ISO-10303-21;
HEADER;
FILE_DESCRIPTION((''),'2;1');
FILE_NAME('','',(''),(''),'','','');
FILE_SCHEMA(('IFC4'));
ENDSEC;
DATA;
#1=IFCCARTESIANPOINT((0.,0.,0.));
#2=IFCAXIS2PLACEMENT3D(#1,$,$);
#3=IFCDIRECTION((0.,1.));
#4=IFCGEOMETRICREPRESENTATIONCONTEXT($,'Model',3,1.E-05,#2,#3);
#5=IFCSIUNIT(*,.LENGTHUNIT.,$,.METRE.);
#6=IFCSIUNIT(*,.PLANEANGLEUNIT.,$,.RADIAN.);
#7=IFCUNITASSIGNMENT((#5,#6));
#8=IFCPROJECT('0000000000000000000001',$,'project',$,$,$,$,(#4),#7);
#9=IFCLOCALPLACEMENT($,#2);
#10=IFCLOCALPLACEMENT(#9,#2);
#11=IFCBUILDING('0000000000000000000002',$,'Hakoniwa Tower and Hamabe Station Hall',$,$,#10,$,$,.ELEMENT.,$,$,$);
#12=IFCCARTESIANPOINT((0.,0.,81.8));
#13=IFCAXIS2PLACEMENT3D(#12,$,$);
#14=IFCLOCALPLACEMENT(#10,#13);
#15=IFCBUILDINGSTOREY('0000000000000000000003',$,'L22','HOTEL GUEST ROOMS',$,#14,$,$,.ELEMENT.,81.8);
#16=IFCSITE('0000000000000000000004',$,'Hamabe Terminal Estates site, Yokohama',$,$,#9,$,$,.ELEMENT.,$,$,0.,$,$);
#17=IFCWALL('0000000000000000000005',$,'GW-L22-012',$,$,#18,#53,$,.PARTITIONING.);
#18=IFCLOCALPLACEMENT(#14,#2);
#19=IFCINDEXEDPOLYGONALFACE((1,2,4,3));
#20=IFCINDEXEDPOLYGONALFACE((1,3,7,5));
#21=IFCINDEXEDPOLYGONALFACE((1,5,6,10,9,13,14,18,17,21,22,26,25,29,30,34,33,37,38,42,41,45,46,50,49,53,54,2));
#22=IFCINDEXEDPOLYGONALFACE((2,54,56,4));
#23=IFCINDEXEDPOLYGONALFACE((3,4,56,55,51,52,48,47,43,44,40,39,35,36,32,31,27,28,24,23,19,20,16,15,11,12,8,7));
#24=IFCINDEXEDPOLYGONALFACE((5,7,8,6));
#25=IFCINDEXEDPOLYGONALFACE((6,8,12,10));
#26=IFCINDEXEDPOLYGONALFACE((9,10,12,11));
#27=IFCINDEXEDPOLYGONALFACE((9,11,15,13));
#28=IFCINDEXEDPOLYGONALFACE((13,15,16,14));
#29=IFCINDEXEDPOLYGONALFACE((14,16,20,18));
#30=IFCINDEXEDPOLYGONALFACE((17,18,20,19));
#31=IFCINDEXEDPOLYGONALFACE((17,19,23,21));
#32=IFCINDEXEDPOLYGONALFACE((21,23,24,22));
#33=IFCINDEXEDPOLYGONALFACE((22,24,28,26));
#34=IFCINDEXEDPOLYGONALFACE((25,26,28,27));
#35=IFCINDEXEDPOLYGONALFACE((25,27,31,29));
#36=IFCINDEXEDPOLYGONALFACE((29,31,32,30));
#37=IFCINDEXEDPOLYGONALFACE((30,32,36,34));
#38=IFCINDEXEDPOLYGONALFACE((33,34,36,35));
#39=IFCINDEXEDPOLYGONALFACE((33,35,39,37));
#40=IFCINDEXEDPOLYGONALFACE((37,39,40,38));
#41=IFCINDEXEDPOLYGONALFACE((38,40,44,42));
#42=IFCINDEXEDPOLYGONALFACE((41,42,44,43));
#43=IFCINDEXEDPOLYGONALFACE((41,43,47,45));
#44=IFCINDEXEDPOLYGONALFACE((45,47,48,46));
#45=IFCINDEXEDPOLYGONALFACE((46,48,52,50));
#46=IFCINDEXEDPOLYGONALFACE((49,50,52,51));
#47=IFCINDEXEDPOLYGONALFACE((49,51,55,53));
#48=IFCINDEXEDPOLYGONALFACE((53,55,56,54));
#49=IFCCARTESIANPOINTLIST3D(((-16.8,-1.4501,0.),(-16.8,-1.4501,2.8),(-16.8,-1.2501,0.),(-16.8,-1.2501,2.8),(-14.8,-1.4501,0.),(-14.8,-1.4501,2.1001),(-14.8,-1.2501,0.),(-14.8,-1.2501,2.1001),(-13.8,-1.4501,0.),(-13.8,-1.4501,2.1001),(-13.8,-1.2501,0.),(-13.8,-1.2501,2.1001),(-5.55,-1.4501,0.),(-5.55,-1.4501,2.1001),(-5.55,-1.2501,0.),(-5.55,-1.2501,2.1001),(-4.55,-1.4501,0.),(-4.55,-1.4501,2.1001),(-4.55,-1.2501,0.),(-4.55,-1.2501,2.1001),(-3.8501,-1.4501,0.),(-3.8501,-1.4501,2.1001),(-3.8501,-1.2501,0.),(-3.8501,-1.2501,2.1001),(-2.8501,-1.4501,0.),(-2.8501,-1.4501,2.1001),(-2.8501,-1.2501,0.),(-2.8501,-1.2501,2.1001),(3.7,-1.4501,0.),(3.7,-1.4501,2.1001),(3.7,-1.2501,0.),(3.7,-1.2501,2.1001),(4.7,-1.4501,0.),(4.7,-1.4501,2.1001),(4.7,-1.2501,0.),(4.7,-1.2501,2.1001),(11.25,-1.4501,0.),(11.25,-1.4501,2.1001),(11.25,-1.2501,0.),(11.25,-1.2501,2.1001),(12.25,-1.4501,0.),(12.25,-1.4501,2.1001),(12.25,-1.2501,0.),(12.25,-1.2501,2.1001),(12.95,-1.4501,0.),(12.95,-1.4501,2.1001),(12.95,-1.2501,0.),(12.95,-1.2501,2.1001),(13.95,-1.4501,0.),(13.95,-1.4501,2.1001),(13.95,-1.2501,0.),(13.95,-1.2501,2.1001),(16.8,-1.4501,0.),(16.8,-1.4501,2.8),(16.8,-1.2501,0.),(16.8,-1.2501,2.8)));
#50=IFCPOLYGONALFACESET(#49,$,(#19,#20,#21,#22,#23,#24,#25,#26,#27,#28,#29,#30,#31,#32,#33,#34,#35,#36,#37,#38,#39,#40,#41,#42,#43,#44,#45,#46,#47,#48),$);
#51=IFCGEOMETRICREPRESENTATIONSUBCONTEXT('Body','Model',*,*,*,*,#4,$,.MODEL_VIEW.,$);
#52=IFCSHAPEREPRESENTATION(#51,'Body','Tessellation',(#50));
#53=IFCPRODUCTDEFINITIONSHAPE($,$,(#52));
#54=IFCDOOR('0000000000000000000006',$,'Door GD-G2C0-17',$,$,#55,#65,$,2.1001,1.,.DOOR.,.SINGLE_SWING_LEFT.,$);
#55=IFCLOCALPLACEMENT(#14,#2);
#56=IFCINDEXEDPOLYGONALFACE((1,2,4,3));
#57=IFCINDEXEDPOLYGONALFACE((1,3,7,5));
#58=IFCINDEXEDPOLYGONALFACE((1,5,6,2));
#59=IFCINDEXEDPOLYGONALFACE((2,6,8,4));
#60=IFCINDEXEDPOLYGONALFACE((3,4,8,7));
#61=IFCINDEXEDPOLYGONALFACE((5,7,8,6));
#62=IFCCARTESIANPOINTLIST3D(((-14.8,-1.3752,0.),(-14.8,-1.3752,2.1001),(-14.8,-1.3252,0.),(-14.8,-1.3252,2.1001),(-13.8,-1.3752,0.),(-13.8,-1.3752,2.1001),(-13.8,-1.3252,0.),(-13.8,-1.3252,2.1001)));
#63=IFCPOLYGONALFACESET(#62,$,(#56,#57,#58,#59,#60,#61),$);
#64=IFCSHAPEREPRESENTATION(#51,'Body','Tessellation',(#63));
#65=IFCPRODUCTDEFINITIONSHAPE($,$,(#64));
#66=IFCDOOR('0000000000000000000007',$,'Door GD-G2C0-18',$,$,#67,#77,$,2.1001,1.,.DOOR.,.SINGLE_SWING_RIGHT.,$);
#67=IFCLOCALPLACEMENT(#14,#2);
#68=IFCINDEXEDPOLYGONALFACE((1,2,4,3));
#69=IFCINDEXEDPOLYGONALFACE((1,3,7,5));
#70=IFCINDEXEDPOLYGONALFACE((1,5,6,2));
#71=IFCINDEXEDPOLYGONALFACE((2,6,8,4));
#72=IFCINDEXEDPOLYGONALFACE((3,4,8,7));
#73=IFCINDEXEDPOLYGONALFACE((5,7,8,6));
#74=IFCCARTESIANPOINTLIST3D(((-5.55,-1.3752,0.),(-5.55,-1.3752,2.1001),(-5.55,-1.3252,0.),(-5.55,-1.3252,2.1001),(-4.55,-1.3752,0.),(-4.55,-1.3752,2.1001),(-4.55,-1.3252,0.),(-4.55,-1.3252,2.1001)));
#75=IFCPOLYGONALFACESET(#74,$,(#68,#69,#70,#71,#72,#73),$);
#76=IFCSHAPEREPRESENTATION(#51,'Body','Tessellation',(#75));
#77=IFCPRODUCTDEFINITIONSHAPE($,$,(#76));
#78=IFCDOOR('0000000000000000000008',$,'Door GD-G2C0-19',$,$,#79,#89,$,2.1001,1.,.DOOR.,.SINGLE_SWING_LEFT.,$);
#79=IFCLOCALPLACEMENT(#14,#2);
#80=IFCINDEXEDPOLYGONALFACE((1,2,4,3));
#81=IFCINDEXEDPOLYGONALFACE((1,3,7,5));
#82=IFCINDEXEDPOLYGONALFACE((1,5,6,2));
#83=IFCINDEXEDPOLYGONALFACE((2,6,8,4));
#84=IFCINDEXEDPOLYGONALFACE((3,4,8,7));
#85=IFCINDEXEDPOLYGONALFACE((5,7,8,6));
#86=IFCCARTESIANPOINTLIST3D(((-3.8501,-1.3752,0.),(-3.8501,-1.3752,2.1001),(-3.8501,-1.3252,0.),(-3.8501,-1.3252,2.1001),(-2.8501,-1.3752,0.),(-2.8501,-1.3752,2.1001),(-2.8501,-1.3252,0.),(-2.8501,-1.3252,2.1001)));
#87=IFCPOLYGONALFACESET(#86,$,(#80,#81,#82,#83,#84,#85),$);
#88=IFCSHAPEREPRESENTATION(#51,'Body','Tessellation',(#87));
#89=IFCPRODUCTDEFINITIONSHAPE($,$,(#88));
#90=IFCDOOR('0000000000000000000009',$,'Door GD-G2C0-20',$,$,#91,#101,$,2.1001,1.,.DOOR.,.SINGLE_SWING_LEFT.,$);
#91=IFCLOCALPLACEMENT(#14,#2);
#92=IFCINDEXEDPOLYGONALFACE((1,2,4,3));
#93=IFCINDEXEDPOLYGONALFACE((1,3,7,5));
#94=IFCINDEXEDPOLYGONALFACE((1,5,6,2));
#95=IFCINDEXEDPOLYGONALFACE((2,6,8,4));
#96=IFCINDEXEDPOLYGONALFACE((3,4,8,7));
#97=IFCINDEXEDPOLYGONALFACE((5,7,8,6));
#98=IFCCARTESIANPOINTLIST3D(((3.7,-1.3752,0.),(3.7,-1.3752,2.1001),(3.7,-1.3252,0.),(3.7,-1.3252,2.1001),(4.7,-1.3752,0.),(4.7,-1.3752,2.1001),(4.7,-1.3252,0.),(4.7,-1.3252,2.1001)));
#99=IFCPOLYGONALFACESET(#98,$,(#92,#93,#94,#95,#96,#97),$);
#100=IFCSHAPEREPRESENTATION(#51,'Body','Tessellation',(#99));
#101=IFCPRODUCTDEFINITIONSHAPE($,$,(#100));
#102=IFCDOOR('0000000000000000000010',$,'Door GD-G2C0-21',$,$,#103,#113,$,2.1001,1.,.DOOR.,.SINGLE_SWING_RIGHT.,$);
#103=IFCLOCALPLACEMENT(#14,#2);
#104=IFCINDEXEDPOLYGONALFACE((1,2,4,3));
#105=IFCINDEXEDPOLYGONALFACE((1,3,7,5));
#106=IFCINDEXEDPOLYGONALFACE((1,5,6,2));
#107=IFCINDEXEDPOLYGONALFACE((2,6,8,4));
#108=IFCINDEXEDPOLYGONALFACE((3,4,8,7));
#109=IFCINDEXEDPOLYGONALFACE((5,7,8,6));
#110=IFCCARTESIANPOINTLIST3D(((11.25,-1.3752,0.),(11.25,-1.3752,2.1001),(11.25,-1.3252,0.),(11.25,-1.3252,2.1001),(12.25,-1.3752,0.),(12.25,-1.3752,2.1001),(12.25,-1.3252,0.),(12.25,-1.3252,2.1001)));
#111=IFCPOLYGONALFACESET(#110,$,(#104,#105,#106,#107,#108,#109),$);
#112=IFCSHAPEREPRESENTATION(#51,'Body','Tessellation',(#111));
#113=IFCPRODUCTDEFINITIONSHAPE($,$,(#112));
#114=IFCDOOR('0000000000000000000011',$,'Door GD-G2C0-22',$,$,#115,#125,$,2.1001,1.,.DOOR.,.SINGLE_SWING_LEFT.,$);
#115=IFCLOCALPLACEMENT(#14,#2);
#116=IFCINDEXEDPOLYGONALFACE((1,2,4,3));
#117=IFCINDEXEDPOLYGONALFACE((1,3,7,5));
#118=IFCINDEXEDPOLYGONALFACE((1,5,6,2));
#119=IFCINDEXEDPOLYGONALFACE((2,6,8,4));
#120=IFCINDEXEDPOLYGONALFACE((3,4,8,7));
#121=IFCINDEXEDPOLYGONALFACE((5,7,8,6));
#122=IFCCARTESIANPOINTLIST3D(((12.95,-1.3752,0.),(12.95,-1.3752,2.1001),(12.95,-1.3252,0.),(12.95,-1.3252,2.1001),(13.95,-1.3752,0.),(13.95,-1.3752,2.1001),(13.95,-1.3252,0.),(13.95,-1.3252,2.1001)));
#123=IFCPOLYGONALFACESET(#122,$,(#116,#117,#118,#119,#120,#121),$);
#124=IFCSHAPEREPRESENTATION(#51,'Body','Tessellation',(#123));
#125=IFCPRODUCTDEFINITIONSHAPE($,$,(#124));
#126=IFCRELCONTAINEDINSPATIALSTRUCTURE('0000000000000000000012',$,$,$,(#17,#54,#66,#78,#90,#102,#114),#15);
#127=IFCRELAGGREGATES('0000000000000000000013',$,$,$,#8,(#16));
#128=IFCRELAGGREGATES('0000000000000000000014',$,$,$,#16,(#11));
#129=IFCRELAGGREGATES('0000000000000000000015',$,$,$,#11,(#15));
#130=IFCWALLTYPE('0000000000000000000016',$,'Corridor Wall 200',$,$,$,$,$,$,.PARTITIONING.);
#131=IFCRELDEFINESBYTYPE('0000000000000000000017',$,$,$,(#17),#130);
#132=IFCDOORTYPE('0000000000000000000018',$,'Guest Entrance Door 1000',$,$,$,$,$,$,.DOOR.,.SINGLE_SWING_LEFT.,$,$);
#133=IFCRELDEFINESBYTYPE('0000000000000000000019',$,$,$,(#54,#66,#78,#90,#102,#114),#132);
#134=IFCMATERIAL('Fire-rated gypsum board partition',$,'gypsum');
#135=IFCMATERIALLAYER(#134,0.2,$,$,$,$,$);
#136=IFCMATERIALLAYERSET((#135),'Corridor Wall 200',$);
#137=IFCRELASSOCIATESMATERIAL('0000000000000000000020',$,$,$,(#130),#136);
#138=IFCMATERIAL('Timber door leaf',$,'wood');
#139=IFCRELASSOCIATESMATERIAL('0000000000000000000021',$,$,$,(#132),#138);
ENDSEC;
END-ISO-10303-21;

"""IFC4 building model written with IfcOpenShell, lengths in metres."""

from ifc_helpers import new_model, si_unit, direction, frame, frame_2d, origin, place, context, subcontext, project, spatial, rectangle, extrude, material, layer, layer_set, type_object, element, fill, save


model = new_model("IFC4")

# Units and contexts
model_context = context("Model", 3, precision=1e-05, world=origin(), true_north=direction((0.0, 1.0)))
body_context = subcontext(model_context, "Body", "Model", "MODEL_VIEW")
ifc_project = project(units=[si_unit("LENGTHUNIT", "METRE"), si_unit("PLANEANGLEUNIT", "RADIAN")], contexts=[model_context])

# Site, building, storey
site_placement = place(None, origin())
site = spatial("IfcSite", under=ifc_project, at=site_placement, Name="Hamabe Terminal Estates site, Yokohama", CompositionType="ELEMENT", RefElevation=0.0)
building_placement = place(site_placement, origin())
building = spatial("IfcBuilding", under=site, at=building_placement, Name="Hakoniwa Tower and Hamabe Station Hall", CompositionType="ELEMENT")
storey_placement = place(building_placement, frame((0.0, 0.0, 81.8)))
storey = spatial("IfcBuildingStorey", under=building, at=storey_placement, Name="L22", Description="HOTEL GUEST ROOMS", CompositionType="ELEMENT", Elevation=81.8)

# Wall, openings, doors
ifc_material_1 = material(Name="Fire-rated gypsum board partition", Category="gypsum")
ifc_layer_1 = layer(ifc_material_1, 0.2)
ifc_layer_set_1 = layer_set([ifc_layer_1], Name="Corridor Wall 200")
wall_type_1 = type_object("IfcWallType", Name="Corridor Wall 200", PredefinedType="PARTITIONING", material=ifc_layer_set_1)
wall_1_placement = place(storey_placement, frame((-16.8, -1.3501, 0.0), z_axis=(0.0, 0.0, 1.0), x_axis=(1.0, 0.0, 0.0)))
wall_1 = element("IfcWall", 1, at=wall_1_placement, inside=storey, type_object=wall_type_1, Name="GW-L22-012", PredefinedType="PARTITIONING", context=body_context, shape_type="SweptSolid", body=[
    extrude(rectangle(XDim=33.6001, YDim=0.2, at=frame_2d((16.8, 0.0))), origin(), (0.0, 0.0, 1.0), 2.8),
])
opening_1_placement = place(wall_1_placement, frame((2.0, 0.0, 0.0)))
opening_1 = element("IfcOpeningElement", 2, at=opening_1_placement, cuts=wall_1, PredefinedType="OPENING", context=body_context, shape_type="SweptSolid", body=[
    extrude(rectangle(XDim=1.0, YDim=2.1001, at=frame_2d((0.5, 1.05))), frame((0.0, 0.1099, 0.0), z_axis=(0.0, -1.0, 0.0), x_axis=(1.0, 0.0, 0.0)), (0.0, 0.0, 1.0), 0.22),
])
opening_2_placement = place(wall_1_placement, frame((11.25, 0.0, 0.0)))
opening_2 = element("IfcOpeningElement", 3, at=opening_2_placement, cuts=wall_1, PredefinedType="OPENING", context=body_context, shape_type="SweptSolid", body=[
    extrude(rectangle(XDim=1.0, YDim=2.1001, at=frame_2d((0.5, 1.05))), frame((0.0, 0.1099, 0.0), z_axis=(0.0, -1.0, 0.0), x_axis=(1.0, 0.0, 0.0)), (0.0, 0.0, 1.0), 0.22),
])
opening_3_placement = place(wall_1_placement, frame((12.95, 0.0, 0.0)))
opening_3 = element("IfcOpeningElement", 4, at=opening_3_placement, cuts=wall_1, PredefinedType="OPENING", context=body_context, shape_type="SweptSolid", body=[
    extrude(rectangle(XDim=1.0, YDim=2.1001, at=frame_2d((0.5, 1.05))), frame((0.0, 0.1099, 0.0), z_axis=(0.0, -1.0, 0.0), x_axis=(1.0, 0.0, 0.0)), (0.0, 0.0, 1.0), 0.22),
])
opening_4_placement = place(wall_1_placement, frame((20.5, 0.0, 0.0)))
opening_4 = element("IfcOpeningElement", 5, at=opening_4_placement, cuts=wall_1, PredefinedType="OPENING", context=body_context, shape_type="SweptSolid", body=[
    extrude(rectangle(XDim=1.0, YDim=2.1001, at=frame_2d((0.5, 1.05))), frame((0.0, 0.1099, 0.0), z_axis=(0.0, -1.0, 0.0), x_axis=(1.0, 0.0, 0.0)), (0.0, 0.0, 1.0), 0.22),
])
opening_5_placement = place(wall_1_placement, frame((28.05, 0.0, 0.0)))
opening_5 = element("IfcOpeningElement", 6, at=opening_5_placement, cuts=wall_1, PredefinedType="OPENING", context=body_context, shape_type="SweptSolid", body=[
    extrude(rectangle(XDim=1.0, YDim=2.1001, at=frame_2d((0.5, 1.05))), frame((0.0, 0.1099, 0.0), z_axis=(0.0, -1.0, 0.0), x_axis=(1.0, 0.0, 0.0)), (0.0, 0.0, 1.0), 0.22),
])
opening_6_placement = place(wall_1_placement, frame((29.75, 0.0, 0.0)))
opening_6 = element("IfcOpeningElement", 7, at=opening_6_placement, cuts=wall_1, PredefinedType="OPENING", context=body_context, shape_type="SweptSolid", body=[
    extrude(rectangle(XDim=1.0, YDim=2.1001, at=frame_2d((0.5, 1.05))), frame((0.0, 0.1099, 0.0), z_axis=(0.0, -1.0, 0.0), x_axis=(1.0, 0.0, 0.0)), (0.0, 0.0, 1.0), 0.22),
])
ifc_material_2 = material(Name="Timber door leaf", Category="wood")
door_type_1 = type_object("IfcDoorType", Name="Guest Entrance Door 1000", OperationType="SINGLE_SWING_LEFT", PredefinedType="DOOR", material=ifc_material_2)
door_1_placement = place(opening_1_placement, origin())
door_1 = element("IfcDoor", 8, at=door_1_placement, inside=storey, type_object=door_type_1, Name="Door GD-G2C0-17", OperationType="SINGLE_SWING_LEFT", OverallHeight=2.1001, OverallWidth=1.0, PredefinedType="DOOR", context=body_context, shape_type="SweptSolid", body=[
    extrude(rectangle(XDim=1.0, YDim=2.1001, at=frame_2d((0.5, 1.05))), frame((0.0, 0.0249, 0.0), z_axis=(0.0, -1.0, 0.0), x_axis=(1.0, 0.0, 0.0)), (0.0, 0.0, 1.0), 0.05),
])
fill(opening_1, door_1)
door_2_placement = place(opening_2_placement, origin())
door_2 = element("IfcDoor", 9, at=door_2_placement, inside=storey, type_object=door_type_1, Name="Door GD-G2C0-18", OperationType="SINGLE_SWING_RIGHT", OverallHeight=2.1001, OverallWidth=1.0, PredefinedType="DOOR", context=body_context, shape_type="SweptSolid", body=[
    extrude(rectangle(XDim=1.0, YDim=2.1001, at=frame_2d((0.5, 1.05))), frame((0.0, 0.0249, 0.0), z_axis=(0.0, -1.0, 0.0), x_axis=(1.0, 0.0, 0.0)), (0.0, 0.0, 1.0), 0.05),
])
fill(opening_2, door_2)
door_3_placement = place(opening_3_placement, origin())
door_3 = element("IfcDoor", 10, at=door_3_placement, inside=storey, type_object=door_type_1, Name="Door GD-G2C0-19", OperationType="SINGLE_SWING_LEFT", OverallHeight=2.1001, OverallWidth=1.0, PredefinedType="DOOR", context=body_context, shape_type="SweptSolid", body=[
    extrude(rectangle(XDim=1.0, YDim=2.1001, at=frame_2d((0.5, 1.05))), frame((0.0, 0.0249, 0.0), z_axis=(0.0, -1.0, 0.0), x_axis=(1.0, 0.0, 0.0)), (0.0, 0.0, 1.0), 0.05),
])
fill(opening_3, door_3)
door_4_placement = place(opening_4_placement, origin())
door_4 = element("IfcDoor", 11, at=door_4_placement, inside=storey, type_object=door_type_1, Name="Door GD-G2C0-20", OperationType="SINGLE_SWING_LEFT", OverallHeight=2.1001, OverallWidth=1.0, PredefinedType="DOOR", context=body_context, shape_type="SweptSolid", body=[
    extrude(rectangle(XDim=1.0, YDim=2.1001, at=frame_2d((0.5, 1.05))), frame((0.0, 0.0249, 0.0), z_axis=(0.0, -1.0, 0.0), x_axis=(1.0, 0.0, 0.0)), (0.0, 0.0, 1.0), 0.05),
])
fill(opening_4, door_4)
door_5_placement = place(opening_5_placement, origin())
door_5 = element("IfcDoor", 12, at=door_5_placement, inside=storey, type_object=door_type_1, Name="Door GD-G2C0-21", OperationType="SINGLE_SWING_RIGHT", OverallHeight=2.1001, OverallWidth=1.0, PredefinedType="DOOR", context=body_context, shape_type="SweptSolid", body=[
    extrude(rectangle(XDim=1.0, YDim=2.1001, at=frame_2d((0.5, 1.05))), frame((0.0, 0.0249, 0.0), z_axis=(0.0, -1.0, 0.0), x_axis=(1.0, 0.0, 0.0)), (0.0, 0.0, 1.0), 0.05),
])
fill(opening_5, door_5)
door_6_placement = place(opening_6_placement, origin())
door_6 = element("IfcDoor", 13, at=door_6_placement, inside=storey, type_object=door_type_1, Name="Door GD-G2C0-22", OperationType="SINGLE_SWING_LEFT", OverallHeight=2.1001, OverallWidth=1.0, PredefinedType="DOOR", context=body_context, shape_type="SweptSolid", body=[
    extrude(rectangle(XDim=1.0, YDim=2.1001, at=frame_2d((0.5, 1.05))), frame((0.0, 0.0249, 0.0), z_axis=(0.0, -1.0, 0.0), x_axis=(1.0, 0.0, 0.0)), (0.0, 0.0, 1.0), 0.05),
])
fill(opening_6, door_6)

save(model, "model.ifc")
